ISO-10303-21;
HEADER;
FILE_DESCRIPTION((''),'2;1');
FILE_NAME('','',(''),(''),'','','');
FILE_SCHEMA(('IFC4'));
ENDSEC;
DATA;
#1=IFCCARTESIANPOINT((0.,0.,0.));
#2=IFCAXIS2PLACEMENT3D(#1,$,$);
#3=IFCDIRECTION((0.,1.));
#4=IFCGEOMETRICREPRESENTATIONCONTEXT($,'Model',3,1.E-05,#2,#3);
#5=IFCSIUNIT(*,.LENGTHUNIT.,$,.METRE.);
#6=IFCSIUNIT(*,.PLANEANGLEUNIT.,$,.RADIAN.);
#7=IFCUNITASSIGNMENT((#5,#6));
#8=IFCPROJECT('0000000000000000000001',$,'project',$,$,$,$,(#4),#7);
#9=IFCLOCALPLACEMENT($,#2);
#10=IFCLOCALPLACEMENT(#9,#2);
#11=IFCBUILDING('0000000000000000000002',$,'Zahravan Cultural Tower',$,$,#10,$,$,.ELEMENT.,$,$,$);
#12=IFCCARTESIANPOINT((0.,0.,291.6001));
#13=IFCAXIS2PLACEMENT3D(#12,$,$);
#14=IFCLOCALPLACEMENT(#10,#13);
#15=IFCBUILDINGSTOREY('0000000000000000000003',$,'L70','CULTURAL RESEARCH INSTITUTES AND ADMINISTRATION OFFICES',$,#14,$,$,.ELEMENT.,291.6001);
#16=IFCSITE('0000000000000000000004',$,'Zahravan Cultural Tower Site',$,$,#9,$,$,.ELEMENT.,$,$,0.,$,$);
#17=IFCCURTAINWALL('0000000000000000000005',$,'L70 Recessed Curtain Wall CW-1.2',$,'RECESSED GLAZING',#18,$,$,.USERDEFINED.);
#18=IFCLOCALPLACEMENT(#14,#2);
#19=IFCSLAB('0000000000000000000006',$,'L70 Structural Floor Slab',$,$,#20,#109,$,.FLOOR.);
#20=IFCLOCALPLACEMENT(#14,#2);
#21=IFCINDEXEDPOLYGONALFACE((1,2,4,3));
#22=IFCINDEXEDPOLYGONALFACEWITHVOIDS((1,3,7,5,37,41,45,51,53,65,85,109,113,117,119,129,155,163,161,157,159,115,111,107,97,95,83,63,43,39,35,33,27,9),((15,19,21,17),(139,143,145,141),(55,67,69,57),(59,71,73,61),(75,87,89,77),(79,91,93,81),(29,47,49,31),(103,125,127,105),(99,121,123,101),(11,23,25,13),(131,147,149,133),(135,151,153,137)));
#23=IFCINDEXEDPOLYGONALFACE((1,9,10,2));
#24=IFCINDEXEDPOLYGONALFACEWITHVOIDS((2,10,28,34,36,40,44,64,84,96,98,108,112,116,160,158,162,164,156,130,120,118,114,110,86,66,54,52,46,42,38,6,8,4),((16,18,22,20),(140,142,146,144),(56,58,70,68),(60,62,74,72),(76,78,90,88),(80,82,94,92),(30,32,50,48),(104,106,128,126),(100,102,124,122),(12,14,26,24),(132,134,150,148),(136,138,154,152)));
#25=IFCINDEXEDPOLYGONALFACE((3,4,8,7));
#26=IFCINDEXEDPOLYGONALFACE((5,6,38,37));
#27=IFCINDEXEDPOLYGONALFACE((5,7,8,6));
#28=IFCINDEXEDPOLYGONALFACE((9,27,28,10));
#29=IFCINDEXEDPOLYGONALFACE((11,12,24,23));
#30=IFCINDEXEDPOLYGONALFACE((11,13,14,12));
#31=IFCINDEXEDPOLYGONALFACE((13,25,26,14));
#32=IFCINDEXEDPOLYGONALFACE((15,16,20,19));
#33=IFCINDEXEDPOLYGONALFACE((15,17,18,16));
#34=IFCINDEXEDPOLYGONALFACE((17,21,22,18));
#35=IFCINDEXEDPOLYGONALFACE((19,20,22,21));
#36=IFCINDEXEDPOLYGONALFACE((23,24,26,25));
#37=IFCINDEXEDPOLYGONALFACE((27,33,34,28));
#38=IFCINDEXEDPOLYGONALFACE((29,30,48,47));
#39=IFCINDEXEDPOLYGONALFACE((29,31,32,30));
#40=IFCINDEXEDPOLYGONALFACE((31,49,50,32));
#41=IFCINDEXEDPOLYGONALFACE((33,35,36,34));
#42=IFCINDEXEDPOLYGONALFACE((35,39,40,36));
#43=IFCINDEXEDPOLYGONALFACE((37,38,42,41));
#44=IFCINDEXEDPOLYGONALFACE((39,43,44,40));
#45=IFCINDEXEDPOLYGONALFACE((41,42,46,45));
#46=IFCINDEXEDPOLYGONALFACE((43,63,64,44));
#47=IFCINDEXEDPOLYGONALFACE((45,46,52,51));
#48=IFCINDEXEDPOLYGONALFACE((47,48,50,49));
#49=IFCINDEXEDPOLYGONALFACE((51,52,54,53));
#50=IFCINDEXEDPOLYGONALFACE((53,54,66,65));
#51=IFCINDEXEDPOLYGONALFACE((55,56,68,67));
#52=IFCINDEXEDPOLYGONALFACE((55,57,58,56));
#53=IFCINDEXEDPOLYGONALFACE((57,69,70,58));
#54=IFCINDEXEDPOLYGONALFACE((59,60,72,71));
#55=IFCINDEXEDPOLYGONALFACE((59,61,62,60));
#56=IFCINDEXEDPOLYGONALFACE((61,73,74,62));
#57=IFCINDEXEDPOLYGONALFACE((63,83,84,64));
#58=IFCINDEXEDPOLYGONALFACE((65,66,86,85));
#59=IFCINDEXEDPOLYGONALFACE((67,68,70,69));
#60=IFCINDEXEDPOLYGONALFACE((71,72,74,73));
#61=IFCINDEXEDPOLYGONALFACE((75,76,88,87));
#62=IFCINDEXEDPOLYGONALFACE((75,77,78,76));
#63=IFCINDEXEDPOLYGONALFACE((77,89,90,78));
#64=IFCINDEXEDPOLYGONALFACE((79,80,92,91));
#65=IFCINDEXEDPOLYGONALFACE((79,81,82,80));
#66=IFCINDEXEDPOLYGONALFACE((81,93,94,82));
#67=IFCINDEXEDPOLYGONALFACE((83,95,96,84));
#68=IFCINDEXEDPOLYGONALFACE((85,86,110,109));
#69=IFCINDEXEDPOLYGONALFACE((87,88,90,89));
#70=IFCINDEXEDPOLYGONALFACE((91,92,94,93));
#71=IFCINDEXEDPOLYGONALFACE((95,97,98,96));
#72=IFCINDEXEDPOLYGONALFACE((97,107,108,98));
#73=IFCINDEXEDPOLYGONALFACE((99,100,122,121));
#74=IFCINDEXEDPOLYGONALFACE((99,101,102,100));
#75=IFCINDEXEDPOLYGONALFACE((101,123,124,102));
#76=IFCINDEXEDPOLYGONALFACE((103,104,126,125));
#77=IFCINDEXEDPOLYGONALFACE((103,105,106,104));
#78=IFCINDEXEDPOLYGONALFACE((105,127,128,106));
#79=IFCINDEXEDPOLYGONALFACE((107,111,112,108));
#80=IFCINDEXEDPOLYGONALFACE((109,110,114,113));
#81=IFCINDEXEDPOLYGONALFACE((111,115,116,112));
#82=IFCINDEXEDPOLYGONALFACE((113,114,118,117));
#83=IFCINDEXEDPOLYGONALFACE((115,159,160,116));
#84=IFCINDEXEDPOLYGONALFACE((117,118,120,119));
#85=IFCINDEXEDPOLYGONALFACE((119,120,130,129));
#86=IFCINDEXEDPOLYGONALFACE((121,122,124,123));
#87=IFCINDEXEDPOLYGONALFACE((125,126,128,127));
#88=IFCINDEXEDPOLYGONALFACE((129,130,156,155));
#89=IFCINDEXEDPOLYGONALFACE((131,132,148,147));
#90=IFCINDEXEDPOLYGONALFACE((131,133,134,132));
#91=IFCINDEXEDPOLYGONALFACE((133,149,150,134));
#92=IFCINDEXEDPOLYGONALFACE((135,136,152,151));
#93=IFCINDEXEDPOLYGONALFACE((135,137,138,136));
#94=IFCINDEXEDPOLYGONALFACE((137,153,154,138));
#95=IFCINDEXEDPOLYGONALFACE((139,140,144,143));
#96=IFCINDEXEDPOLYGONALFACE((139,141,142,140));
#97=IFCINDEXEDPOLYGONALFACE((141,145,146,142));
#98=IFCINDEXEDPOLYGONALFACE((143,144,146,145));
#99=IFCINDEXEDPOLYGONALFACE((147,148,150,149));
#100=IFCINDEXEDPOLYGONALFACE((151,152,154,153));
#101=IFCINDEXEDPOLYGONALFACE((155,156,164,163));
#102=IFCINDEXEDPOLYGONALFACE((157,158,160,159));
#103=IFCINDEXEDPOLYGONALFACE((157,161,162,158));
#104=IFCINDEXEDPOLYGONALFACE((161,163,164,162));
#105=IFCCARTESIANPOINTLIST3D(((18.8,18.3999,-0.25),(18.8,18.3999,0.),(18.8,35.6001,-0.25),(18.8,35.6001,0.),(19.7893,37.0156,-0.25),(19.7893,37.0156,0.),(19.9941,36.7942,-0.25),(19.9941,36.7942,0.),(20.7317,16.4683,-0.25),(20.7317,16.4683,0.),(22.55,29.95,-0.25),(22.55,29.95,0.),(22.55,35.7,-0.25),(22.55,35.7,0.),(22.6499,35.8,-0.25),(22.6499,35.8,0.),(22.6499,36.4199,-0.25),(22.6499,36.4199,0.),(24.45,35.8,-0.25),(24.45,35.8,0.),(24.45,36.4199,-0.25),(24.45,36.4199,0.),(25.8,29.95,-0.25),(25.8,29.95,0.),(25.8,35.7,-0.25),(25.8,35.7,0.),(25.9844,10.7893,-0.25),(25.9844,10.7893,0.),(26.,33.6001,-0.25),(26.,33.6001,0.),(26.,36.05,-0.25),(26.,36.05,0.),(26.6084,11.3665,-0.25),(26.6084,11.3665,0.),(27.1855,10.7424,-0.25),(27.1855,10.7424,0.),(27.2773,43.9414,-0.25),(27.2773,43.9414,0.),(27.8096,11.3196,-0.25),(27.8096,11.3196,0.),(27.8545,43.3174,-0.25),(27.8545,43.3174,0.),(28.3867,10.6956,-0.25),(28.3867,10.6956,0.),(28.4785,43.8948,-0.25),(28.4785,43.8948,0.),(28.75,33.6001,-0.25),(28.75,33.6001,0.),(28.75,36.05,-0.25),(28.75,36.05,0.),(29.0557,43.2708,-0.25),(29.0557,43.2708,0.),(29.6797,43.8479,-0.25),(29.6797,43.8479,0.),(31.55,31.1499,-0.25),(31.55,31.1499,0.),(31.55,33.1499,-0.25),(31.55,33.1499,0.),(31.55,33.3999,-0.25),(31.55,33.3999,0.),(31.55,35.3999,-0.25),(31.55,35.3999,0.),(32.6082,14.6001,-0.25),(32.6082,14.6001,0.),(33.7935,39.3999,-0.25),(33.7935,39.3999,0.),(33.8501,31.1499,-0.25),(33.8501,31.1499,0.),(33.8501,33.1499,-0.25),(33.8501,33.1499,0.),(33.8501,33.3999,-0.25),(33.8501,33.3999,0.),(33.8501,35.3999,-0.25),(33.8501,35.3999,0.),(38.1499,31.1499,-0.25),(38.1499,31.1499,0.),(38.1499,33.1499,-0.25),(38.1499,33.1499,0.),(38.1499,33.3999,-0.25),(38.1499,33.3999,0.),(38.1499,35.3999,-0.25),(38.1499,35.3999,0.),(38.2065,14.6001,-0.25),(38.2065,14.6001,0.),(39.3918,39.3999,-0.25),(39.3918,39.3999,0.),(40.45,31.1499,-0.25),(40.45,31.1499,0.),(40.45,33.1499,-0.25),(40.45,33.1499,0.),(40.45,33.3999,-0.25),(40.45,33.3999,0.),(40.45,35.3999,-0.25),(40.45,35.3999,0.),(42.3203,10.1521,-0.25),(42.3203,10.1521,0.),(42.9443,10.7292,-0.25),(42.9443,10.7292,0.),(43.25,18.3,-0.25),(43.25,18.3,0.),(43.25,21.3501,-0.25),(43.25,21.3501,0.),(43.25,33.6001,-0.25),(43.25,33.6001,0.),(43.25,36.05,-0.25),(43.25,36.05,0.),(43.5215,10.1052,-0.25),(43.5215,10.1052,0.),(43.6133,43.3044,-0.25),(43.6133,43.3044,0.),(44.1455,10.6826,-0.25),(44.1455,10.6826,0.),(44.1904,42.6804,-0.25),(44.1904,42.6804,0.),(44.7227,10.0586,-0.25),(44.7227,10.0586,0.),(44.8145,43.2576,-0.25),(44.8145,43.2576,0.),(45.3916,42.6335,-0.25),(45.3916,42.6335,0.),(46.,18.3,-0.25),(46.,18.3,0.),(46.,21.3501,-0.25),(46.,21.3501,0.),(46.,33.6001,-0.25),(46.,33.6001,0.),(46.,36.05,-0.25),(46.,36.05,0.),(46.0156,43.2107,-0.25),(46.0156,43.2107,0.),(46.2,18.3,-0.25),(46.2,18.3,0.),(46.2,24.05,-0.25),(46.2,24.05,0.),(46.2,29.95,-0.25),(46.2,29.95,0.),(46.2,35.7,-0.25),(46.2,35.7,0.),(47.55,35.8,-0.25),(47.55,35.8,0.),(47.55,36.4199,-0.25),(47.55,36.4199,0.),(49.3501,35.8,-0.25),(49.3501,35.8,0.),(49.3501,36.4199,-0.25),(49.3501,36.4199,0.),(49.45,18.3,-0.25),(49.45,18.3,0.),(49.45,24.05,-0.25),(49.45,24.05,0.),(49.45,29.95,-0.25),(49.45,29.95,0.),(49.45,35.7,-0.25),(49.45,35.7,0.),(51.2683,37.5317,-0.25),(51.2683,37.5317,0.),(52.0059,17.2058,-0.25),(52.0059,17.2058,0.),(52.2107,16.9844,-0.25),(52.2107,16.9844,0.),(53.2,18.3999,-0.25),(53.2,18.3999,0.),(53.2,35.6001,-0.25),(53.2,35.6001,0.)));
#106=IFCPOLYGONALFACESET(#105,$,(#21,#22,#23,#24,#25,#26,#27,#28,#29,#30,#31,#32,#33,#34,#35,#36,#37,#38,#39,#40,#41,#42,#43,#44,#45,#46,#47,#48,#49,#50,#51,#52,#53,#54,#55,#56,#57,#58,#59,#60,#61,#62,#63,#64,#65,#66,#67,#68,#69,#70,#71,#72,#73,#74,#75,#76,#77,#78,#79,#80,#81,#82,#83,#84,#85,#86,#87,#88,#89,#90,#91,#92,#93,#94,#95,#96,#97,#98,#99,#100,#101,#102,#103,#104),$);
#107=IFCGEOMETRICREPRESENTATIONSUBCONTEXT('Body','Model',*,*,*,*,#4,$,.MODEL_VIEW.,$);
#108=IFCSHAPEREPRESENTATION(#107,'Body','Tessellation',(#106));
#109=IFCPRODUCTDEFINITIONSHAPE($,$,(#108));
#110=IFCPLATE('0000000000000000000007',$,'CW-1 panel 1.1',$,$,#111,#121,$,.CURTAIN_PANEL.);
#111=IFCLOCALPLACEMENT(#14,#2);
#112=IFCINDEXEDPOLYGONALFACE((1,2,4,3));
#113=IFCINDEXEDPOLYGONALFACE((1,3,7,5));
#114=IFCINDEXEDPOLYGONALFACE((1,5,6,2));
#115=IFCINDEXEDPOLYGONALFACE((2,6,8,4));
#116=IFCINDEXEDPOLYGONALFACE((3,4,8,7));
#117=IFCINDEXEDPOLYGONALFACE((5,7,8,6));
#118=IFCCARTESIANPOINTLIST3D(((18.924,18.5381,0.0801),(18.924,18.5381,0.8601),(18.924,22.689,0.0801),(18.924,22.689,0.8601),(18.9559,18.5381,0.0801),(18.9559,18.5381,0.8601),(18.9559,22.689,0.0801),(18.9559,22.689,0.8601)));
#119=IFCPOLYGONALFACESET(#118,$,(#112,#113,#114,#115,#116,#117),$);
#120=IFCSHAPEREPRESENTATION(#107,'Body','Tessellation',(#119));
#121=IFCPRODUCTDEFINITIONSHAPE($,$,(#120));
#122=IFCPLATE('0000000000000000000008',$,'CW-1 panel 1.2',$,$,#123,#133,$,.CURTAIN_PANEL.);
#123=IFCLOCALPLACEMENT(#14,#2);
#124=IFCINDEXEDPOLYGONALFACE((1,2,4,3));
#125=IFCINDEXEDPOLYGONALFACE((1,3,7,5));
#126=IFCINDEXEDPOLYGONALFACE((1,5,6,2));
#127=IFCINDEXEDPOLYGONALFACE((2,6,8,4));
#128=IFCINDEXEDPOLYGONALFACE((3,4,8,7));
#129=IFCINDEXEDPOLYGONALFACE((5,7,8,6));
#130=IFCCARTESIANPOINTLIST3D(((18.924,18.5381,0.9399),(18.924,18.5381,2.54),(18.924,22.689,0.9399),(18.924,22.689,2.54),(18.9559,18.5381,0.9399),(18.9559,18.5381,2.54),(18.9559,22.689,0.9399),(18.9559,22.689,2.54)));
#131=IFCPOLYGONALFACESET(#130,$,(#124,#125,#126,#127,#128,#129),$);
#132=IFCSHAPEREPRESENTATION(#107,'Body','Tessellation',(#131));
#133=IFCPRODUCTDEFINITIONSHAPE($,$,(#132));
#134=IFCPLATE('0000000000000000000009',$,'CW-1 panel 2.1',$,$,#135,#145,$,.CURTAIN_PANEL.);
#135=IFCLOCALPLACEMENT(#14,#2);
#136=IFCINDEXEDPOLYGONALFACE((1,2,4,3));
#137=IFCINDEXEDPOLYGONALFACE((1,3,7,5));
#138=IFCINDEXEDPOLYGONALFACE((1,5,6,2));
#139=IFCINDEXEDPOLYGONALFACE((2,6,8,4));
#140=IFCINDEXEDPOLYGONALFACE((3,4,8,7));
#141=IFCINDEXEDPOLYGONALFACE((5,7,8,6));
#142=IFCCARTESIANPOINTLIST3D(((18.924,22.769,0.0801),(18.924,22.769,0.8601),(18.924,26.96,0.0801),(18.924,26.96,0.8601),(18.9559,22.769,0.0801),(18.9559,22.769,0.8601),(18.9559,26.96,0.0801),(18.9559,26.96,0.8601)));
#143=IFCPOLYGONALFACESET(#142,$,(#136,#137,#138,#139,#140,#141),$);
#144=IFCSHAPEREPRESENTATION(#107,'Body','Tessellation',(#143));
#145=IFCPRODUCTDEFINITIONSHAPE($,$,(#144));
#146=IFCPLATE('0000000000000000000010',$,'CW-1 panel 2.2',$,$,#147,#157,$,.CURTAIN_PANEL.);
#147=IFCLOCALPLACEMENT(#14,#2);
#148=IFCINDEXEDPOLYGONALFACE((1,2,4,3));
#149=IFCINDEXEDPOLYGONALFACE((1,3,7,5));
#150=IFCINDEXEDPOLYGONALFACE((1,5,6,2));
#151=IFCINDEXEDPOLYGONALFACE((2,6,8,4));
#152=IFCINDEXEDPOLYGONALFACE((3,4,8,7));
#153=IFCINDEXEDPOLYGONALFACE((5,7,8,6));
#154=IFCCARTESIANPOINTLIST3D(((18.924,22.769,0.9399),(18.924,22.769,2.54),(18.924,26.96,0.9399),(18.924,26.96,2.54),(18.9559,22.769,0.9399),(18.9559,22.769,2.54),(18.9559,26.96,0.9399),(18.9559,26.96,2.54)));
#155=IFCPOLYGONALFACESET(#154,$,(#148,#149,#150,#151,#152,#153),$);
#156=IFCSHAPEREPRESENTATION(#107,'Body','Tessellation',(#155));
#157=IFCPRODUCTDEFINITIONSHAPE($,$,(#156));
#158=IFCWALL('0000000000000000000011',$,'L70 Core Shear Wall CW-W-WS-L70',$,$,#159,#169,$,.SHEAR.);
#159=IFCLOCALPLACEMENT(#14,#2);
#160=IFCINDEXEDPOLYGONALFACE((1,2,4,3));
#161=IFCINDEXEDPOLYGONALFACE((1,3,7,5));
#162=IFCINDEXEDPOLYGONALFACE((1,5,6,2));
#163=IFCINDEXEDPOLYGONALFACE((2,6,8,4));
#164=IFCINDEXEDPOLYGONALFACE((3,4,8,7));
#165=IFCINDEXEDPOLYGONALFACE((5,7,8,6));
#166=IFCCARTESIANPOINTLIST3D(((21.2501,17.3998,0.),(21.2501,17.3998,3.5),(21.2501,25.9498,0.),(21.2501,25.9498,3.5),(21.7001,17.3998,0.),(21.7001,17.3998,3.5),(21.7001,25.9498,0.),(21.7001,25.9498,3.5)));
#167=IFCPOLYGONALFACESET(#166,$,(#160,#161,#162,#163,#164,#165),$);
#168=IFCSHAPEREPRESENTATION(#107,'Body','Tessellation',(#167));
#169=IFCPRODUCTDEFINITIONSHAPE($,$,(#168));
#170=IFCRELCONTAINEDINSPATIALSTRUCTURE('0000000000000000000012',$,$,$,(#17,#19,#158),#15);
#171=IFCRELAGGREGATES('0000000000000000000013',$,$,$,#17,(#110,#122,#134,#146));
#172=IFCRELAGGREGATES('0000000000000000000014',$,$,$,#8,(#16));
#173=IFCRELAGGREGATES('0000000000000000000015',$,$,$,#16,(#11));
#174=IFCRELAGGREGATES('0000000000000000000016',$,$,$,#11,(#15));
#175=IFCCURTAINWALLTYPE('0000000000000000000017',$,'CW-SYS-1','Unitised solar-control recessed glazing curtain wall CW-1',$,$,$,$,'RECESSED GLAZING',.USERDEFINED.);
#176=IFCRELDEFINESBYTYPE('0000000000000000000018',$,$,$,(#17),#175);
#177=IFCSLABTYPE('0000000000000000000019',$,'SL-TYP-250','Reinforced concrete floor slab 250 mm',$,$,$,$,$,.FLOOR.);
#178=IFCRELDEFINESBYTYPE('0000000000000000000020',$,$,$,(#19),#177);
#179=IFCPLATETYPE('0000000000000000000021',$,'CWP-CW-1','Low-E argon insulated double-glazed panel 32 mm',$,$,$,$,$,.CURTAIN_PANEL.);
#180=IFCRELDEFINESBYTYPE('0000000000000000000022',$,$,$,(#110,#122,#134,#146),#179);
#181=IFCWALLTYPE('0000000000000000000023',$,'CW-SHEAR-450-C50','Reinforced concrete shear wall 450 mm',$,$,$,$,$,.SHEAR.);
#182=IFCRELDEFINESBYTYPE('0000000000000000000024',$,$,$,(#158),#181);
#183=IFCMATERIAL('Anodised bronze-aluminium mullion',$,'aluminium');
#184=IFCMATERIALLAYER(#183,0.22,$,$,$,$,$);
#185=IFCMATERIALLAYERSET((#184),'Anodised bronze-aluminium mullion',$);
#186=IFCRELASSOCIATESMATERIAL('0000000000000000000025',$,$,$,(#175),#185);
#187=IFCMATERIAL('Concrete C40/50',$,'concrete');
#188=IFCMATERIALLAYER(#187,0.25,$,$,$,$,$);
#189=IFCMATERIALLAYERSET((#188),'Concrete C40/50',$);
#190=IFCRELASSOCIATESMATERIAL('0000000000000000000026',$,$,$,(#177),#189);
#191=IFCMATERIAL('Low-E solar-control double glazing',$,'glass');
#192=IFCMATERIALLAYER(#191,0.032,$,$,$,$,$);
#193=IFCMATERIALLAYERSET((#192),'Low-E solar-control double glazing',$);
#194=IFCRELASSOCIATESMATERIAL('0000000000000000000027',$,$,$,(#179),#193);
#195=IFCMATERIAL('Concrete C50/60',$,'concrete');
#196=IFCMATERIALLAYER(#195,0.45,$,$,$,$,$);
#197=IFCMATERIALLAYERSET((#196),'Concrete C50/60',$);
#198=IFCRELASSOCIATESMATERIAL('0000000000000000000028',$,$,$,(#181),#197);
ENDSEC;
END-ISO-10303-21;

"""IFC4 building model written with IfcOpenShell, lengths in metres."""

from ifc_helpers import new_model, si_unit, direction, frame, frame_2d, origin, origin_2d, place, context, subcontext, project, spatial, polyline, rectangle, outline, extrude, source, transform, mapped, material, layer, layer_set, type_object, element, aggregate, save


model = new_model("IFC4")

# Units and contexts
model_context = context("Model", 3, precision=1e-05, world=origin(), true_north=direction((0.0, 1.0)))
body_context = subcontext(model_context, "Body", "Model", "MODEL_VIEW")
ifc_project = project(units=[si_unit("LENGTHUNIT", "METRE"), si_unit("PLANEANGLEUNIT", "RADIAN")], contexts=[model_context])

# Site, building, storey
site_placement = place(None, origin())
site = spatial("IfcSite", under=ifc_project, at=site_placement, Name="Zahravan Cultural Tower Site", CompositionType="ELEMENT", RefElevation=0.0)
building_placement = place(site_placement, origin())
building = spatial("IfcBuilding", under=site, at=building_placement, Name="Zahravan Cultural Tower", CompositionType="ELEMENT")
storey_placement = place(building_placement, frame((0.0, 0.0, 291.6001)))
storey = spatial("IfcBuildingStorey", under=building, at=storey_placement, Name="L70", Description="CULTURAL RESEARCH INSTITUTES AND ADMINISTRATION OFFICES", CompositionType="ELEMENT", Elevation=291.6001)

# Shared definitions
ifc_material_1 = material(Name="Concrete C50/60", Category="concrete")

# Curtain wall
ifc_material_2 = material(Name="Anodised bronze-aluminium mullion", Category="aluminium")
ifc_layer_1 = layer(ifc_material_2, 0.22)
ifc_layer_set_1 = layer_set([ifc_layer_1], Name="Anodised bronze-aluminium mullion")
curtain_wall_type = type_object("IfcCurtainWallType", Name="CW-SYS-1", Description="Unitised solar-control recessed glazing curtain wall CW-1", ElementType="RECESSED GLAZING", PredefinedType="USERDEFINED", material=ifc_layer_set_1)
curtain_wall_placement = place(storey_placement, origin())
curtain_wall = element("IfcCurtainWall", 1, at=curtain_wall_placement, inside=storey, type_object=curtain_wall_type, Name="L70 Recessed Curtain Wall CW-1.2", ObjectType="RECESSED GLAZING", PredefinedType="USERDEFINED")

# Slab
ifc_material_3 = material(Name="Concrete C40/50", Category="concrete")
ifc_layer_2 = layer(ifc_material_3, 0.25)
ifc_layer_set_2 = layer_set([ifc_layer_2], Name="Concrete C40/50")
slab_type_1 = type_object("IfcSlabType", Name="SL-TYP-250", Description="Reinforced concrete floor slab 250 mm", PredefinedType="FLOOR", material=ifc_layer_set_2)
slab_1_placement = place(storey_placement, frame((0.0, 0.0, -0.25)))
element("IfcSlab", 2, at=slab_1_placement, inside=storey, type_object=slab_type_1, Name="L70 Structural Floor Slab", PredefinedType="FLOOR", context=body_context, shape_type="SweptSolid", body=[
    extrude(outline(polyline([(39.3918, 39.3999), (33.7935, 39.3999), (29.6797, 43.8479), (29.0557, 43.2708), (28.4785, 43.8948), (27.8545, 43.3174), (27.2773, 43.9414), (19.7893, 37.0156), (19.9941, 36.7942), (18.8, 35.6001), (18.8, 18.3999), (20.7317, 16.4683), (25.9844, 10.7893), (26.6084, 11.3665), (27.1855, 10.7424), (27.8096, 11.3196), (28.3867, 10.6956), (32.6082, 14.6001), (38.2065, 14.6001), (42.3203, 10.1521), (42.9443, 10.7292), (43.5215, 10.1052), (44.1455, 10.6826), (44.7227, 10.0586), (52.2107, 16.9844), (52.0059, 17.2058), (53.2, 18.3999), (53.2, 35.6001), (51.2683, 37.5317), (46.0156, 43.2107), (45.3916, 42.6335), (44.8145, 43.2576), (44.1904, 42.6804), (43.6133, 43.3044), (39.3918, 39.3999)]), holes=[polyline([(22.55, 29.95), (22.55, 35.7), (25.8, 35.7), (25.8, 29.95), (22.55, 29.95)]), polyline([(46.2, 29.95), (46.2, 35.7), (49.45, 35.7), (49.45, 29.95), (46.2, 29.95)]), polyline([(46.2, 18.3), (46.2, 24.05), (49.45, 24.05), (49.45, 18.3), (46.2, 18.3)]), polyline([(26.0, 33.6001), (26.0, 36.05), (28.75, 36.05), (28.75, 33.6001), (26.0, 33.6001)]), polyline([(43.25, 33.6001), (43.25, 36.05), (46.0, 36.05), (46.0, 33.6001), (43.25, 33.6001)]), polyline([(43.25, 18.3), (43.25, 21.3501), (46.0, 21.3501), (46.0, 18.3), (43.25, 18.3)]), polyline([(31.55, 33.3999), (31.55, 35.3999), (33.8501, 35.3999), (33.8501, 33.3999), (31.55, 33.3999)]), polyline([(31.55, 31.1499), (31.55, 33.1499), (33.8501, 33.1499), (33.8501, 31.1499), (31.55, 31.1499)]), polyline([(38.1499, 33.3999), (38.1499, 35.3999), (40.45, 35.3999), (40.45, 33.3999), (38.1499, 33.3999)]), polyline([(38.1499, 31.1499), (38.1499, 33.1499), (40.45, 33.1499), (40.45, 31.1499), (38.1499, 31.1499)]), polyline([(22.6499, 35.8), (22.6499, 36.4199), (24.45, 36.4199), (24.45, 35.8), (22.6499, 35.8)]), polyline([(47.55, 35.8), (47.55, 36.4199), (49.3501, 36.4199), (49.3501, 35.8), (47.55, 35.8)])]), origin(), (0.0, 0.0, 1.0), 0.25),
])

# Plates
ifc_material_4 = material(Name="Low-E solar-control double glazing", Category="glass")
ifc_layer_3 = layer(ifc_material_4, 0.032)
ifc_layer_set_3 = layer_set([ifc_layer_3], Name="Low-E solar-control double glazing")
plate_type = type_object("IfcPlateType", Name="CWP-CW-1", Description="Low-E argon insulated double-glazed panel 32 mm", PredefinedType="CURTAIN_PANEL", material=ifc_layer_set_3)
shared_shape_1 = source(origin(), body_context, "Body", "SweptSolid", [
    extrude(rectangle(XDim=4.1509, YDim=0.032, at=origin_2d()), origin(), (0.0, 0.0, 1.0), 0.78),
])
plate_1_placement = place(storey_placement, frame((18.9399, 20.6135, 0.0801), z_axis=(0.0, 0.0, 1.0), x_axis=(0.0, 1.0, 0.0)))
plate_1 = element("IfcPlate", 3, at=plate_1_placement, type_object=plate_type, Name="CW-1 panel 1.1", PredefinedType="CURTAIN_PANEL", context=body_context, shape_type="MappedRepresentation", body=[
    mapped(shared_shape_1, transform((0.0, 0.0, 0.0), x_axis=(1.0, 0.0, 0.0), y_axis=(0.0, 1.0, 0.0), z_axis=(0.0, 0.0, 1.0), scale=1.0)),
])
shared_shape_2 = source(origin(), body_context, "Body", "SweptSolid", [
    extrude(rectangle(XDim=4.1509, YDim=0.032, at=origin_2d()), origin(), (0.0, 0.0, 1.0), 1.6001),
])
plate_2_placement = place(storey_placement, frame((18.9399, 20.6135, 0.9399), z_axis=(0.0, 0.0, 1.0), x_axis=(0.0, 1.0, 0.0)))
plate_2 = element("IfcPlate", 4, at=plate_2_placement, type_object=plate_type, Name="CW-1 panel 1.2", PredefinedType="CURTAIN_PANEL", context=body_context, shape_type="MappedRepresentation", body=[
    mapped(shared_shape_2, transform((0.0, 0.0, 0.0), x_axis=(1.0, 0.0, 0.0), y_axis=(0.0, 1.0, 0.0), z_axis=(0.0, 0.0, 1.0), scale=1.0)),
])
shared_shape_3 = source(origin(), body_context, "Body", "SweptSolid", [
    extrude(rectangle(XDim=4.1909, YDim=0.032, at=origin_2d()), origin(), (0.0, 0.0, 1.0), 0.78),
])
plate_3_placement = place(storey_placement, frame((18.9399, 24.8645, 0.0801), z_axis=(0.0, 0.0, 1.0), x_axis=(0.0, 1.0, 0.0)))
plate_3 = element("IfcPlate", 5, at=plate_3_placement, type_object=plate_type, Name="CW-1 panel 2.1", PredefinedType="CURTAIN_PANEL", context=body_context, shape_type="MappedRepresentation", body=[
    mapped(shared_shape_3, transform((0.0, 0.0, 0.0), x_axis=(1.0, 0.0, 0.0), y_axis=(0.0, 1.0, 0.0), z_axis=(0.0, 0.0, 1.0), scale=1.0)),
])
shared_shape_4 = source(origin(), body_context, "Body", "SweptSolid", [
    extrude(rectangle(XDim=4.1909, YDim=0.032, at=origin_2d()), origin(), (0.0, 0.0, 1.0), 1.6001),
])
plate_4_placement = place(storey_placement, frame((18.9399, 24.8645, 0.9399), z_axis=(0.0, 0.0, 1.0), x_axis=(0.0, 1.0, 0.0)))
plate_4 = element("IfcPlate", 6, at=plate_4_placement, type_object=plate_type, Name="CW-1 panel 2.2", PredefinedType="CURTAIN_PANEL", context=body_context, shape_type="MappedRepresentation", body=[
    mapped(shared_shape_4, transform((0.0, 0.0, 0.0), x_axis=(1.0, 0.0, 0.0), y_axis=(0.0, 1.0, 0.0), z_axis=(0.0, 0.0, 1.0), scale=1.0)),
])
aggregate(curtain_wall, [plate_1, plate_2, plate_3, plate_4])

# Wall
ifc_layer_4 = layer(ifc_material_1, 0.45)
ifc_layer_set_4 = layer_set([ifc_layer_4], Name="Concrete C50/60")
wall_type_1 = type_object("IfcWallType", Name="CW-SHEAR-450-C50", Description="Reinforced concrete shear wall 450 mm", PredefinedType="SHEAR", material=ifc_layer_set_4)
shared_shape_5 = source(origin(), body_context, "Body", "SweptSolid", [
    extrude(rectangle(XDim=8.55, YDim=0.45, at=frame_2d((4.2749, 0.0))), origin(), (0.0, 0.0, 1.0), 3.5),
])
wall_1_placement = place(storey_placement, frame((21.4751, 17.3999, 0.0), z_axis=(0.0, 0.0, 1.0), x_axis=(0.0, 1.0, 0.0)))
element("IfcWall", 7, at=wall_1_placement, inside=storey, type_object=wall_type_1, Name="L70 Core Shear Wall CW-W-WS-L70", PredefinedType="SHEAR", context=body_context, shape_type="MappedRepresentation", body=[
    mapped(shared_shape_5, transform((0.0, 0.0, 0.0), x_axis=(1.0, 0.0, 0.0), y_axis=(0.0, 1.0, 0.0), z_axis=(0.0, 0.0, 1.0), scale=1.0)),
])

save(model, "model.ifc")
